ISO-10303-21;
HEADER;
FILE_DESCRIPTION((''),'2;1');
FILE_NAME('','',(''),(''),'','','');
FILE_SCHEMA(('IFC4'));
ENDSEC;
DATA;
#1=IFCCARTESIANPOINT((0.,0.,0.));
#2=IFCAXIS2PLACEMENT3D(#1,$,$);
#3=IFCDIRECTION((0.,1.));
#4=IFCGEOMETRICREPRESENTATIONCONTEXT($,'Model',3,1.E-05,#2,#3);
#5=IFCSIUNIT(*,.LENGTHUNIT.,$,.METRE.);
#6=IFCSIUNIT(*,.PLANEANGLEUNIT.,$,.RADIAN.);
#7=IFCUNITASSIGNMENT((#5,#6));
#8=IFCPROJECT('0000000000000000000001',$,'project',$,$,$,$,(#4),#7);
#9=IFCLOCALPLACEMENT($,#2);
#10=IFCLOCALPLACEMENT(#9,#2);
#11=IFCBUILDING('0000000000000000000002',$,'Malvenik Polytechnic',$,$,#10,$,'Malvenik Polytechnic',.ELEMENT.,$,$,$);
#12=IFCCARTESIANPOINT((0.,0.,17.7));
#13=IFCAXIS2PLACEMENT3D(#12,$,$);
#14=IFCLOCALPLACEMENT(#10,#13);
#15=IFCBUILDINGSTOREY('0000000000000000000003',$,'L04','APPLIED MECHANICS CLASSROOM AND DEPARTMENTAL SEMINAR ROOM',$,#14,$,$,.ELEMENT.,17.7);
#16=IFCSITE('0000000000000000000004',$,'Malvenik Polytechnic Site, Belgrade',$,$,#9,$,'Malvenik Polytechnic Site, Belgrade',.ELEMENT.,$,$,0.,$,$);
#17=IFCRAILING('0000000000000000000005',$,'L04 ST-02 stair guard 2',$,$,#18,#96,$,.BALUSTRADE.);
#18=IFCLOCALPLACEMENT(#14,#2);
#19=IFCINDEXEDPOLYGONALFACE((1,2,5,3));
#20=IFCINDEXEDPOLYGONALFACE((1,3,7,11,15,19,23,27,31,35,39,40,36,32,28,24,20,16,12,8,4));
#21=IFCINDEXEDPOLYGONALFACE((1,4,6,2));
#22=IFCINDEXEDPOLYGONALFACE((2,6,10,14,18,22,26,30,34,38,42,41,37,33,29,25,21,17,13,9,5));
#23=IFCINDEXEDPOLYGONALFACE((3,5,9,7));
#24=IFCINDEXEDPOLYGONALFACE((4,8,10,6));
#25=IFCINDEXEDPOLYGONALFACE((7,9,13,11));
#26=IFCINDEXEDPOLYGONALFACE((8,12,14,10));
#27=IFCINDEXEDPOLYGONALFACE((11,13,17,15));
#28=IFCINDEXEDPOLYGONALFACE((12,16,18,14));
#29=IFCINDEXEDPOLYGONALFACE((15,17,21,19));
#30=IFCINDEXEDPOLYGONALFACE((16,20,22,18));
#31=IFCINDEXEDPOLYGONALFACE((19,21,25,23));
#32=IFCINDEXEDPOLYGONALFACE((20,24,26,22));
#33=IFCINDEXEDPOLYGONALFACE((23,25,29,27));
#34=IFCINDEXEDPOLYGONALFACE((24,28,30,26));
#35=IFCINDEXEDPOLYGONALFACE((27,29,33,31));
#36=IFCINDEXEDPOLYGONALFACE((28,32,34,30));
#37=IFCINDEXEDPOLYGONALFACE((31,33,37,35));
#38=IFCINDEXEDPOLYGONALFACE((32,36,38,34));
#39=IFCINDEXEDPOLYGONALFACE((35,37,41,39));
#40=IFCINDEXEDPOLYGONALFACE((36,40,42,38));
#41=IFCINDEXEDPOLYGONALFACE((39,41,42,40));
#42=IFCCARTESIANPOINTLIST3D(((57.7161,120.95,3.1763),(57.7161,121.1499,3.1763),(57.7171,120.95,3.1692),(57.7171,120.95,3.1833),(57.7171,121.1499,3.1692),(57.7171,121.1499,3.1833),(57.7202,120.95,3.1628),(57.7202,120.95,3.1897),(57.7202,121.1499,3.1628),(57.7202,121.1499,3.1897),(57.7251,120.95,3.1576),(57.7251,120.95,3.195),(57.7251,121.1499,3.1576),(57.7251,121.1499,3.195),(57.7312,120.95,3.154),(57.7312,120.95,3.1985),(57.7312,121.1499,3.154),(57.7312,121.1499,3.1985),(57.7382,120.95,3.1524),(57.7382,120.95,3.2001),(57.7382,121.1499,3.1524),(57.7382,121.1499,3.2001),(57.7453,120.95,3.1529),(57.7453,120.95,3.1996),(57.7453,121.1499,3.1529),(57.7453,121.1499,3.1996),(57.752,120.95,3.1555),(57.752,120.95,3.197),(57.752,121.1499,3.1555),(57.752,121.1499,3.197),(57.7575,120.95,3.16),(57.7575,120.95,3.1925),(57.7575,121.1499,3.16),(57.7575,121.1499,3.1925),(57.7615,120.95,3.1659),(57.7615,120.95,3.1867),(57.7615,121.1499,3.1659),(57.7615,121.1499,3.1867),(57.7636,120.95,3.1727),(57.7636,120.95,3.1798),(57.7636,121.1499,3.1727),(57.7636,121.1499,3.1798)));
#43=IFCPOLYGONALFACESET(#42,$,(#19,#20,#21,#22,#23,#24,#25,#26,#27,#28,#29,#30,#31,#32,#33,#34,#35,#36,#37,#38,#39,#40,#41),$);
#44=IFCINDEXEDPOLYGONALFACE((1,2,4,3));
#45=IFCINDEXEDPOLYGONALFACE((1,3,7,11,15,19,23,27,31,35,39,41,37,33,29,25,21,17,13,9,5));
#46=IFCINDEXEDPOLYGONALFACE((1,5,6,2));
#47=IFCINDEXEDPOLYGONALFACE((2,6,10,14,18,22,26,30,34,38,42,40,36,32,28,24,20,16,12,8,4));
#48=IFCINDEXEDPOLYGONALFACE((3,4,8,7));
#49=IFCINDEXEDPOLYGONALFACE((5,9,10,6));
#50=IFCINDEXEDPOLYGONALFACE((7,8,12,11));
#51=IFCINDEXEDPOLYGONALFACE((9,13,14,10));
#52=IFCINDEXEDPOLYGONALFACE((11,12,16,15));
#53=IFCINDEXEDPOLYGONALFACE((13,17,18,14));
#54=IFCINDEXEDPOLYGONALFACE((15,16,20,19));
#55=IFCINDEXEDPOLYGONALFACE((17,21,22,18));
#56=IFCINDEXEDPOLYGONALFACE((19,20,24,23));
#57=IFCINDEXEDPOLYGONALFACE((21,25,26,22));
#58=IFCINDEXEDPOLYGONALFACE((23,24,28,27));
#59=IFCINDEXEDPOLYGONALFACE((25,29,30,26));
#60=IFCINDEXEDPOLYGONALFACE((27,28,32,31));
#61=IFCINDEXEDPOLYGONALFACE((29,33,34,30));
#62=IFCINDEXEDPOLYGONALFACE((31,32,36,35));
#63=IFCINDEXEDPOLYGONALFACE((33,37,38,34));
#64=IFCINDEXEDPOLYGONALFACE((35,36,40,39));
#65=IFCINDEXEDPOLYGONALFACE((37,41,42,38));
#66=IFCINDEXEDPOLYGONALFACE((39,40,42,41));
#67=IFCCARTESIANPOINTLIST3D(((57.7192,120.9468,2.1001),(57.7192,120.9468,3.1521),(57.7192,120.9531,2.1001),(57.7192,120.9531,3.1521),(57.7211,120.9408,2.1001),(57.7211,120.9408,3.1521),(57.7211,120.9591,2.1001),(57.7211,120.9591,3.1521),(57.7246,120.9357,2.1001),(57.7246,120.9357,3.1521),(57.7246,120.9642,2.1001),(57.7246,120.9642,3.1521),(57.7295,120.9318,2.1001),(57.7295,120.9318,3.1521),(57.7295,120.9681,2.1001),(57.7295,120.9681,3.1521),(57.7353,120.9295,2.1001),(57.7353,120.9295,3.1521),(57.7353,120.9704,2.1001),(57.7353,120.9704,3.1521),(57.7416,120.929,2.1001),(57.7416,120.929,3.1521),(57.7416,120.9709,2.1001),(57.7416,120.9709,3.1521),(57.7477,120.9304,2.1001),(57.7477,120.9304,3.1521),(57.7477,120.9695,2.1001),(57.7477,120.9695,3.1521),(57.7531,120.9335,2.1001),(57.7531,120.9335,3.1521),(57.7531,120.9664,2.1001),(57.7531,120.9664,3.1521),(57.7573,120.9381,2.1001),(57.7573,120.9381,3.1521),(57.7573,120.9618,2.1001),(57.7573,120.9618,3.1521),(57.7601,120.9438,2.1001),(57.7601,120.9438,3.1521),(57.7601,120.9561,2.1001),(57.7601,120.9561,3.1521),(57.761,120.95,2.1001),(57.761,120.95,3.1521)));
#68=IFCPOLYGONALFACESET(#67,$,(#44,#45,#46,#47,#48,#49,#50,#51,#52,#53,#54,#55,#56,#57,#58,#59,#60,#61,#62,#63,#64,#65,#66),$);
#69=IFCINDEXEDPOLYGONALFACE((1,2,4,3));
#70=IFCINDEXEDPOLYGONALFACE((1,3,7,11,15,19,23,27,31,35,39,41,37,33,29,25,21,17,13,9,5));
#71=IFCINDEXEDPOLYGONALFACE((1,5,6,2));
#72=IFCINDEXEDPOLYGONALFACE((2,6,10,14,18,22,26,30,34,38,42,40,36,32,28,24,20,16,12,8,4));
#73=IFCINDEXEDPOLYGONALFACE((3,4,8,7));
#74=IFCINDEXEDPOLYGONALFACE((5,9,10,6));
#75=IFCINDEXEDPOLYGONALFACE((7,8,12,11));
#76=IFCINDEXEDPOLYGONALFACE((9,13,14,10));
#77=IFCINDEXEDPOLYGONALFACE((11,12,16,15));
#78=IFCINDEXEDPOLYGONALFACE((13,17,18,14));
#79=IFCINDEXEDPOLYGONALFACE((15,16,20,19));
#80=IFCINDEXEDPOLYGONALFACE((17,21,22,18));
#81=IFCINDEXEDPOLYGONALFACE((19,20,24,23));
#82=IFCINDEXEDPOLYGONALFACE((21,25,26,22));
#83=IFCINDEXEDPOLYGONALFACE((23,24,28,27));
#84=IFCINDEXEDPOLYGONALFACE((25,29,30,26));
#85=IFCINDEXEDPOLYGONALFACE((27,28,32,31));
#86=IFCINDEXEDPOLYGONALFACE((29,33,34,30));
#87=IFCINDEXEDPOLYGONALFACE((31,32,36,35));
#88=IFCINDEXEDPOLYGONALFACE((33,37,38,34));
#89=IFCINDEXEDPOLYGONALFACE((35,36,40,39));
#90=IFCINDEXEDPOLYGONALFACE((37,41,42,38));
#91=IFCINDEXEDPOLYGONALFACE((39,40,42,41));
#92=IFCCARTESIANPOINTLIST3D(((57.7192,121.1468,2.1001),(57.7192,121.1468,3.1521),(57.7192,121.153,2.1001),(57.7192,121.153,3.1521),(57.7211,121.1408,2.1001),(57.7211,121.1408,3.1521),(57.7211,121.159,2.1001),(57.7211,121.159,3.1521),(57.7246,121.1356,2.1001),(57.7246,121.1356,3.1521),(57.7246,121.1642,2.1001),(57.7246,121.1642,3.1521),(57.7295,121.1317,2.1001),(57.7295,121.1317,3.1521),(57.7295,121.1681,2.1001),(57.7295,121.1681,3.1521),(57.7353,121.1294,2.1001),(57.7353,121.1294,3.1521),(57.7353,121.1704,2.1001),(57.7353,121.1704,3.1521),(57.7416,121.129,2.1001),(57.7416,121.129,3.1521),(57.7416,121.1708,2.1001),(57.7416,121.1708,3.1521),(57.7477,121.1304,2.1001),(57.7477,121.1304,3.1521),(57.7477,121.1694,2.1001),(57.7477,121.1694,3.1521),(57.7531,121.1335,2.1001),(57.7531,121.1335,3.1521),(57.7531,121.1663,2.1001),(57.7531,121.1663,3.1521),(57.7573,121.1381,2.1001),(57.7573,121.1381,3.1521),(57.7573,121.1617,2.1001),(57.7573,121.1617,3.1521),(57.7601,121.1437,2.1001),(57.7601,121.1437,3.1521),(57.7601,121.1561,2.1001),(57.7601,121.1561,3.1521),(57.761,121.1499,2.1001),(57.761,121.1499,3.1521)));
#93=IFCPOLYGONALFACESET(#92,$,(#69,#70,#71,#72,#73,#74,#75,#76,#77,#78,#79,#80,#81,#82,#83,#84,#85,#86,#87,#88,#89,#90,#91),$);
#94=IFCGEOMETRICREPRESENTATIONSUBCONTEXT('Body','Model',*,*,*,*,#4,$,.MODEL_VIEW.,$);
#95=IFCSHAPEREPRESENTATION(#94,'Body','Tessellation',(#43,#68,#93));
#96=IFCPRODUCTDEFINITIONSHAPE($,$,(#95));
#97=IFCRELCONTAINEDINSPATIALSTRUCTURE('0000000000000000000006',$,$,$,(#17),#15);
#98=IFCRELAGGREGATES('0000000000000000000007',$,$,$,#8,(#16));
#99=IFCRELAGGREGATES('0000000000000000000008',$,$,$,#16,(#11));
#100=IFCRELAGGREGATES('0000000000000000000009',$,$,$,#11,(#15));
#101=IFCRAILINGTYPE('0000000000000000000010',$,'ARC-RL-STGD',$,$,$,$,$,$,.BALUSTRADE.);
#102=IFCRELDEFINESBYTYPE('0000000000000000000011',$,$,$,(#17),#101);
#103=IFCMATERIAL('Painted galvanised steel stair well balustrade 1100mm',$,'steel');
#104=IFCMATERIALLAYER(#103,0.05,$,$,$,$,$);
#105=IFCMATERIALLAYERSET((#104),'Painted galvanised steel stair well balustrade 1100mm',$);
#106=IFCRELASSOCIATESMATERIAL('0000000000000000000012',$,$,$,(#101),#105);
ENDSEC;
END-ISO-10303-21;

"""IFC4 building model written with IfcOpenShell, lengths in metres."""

from ifc_helpers import new_model, si_unit, direction, frame, origin, origin_2d, place, context, subcontext, project, spatial, circle, extrude, material, layer, layer_set, type_object, element, save


model = new_model("IFC4")

# Units and contexts
model_context = context("Model", 3, precision=1e-05, world=origin(), true_north=direction((0.0, 1.0)))
body_context = subcontext(model_context, "Body", "Model", "MODEL_VIEW")
ifc_project = project(units=[si_unit("LENGTHUNIT", "METRE"), si_unit("PLANEANGLEUNIT", "RADIAN")], contexts=[model_context])

# Site, building, storey
site_placement = place(None, origin())
site = spatial("IfcSite", under=ifc_project, at=site_placement, Name="Malvenik Polytechnic Site, Belgrade", LongName="Malvenik Polytechnic Site, Belgrade", CompositionType="ELEMENT", RefElevation=0.0)
building_placement = place(site_placement, origin())
building = spatial("IfcBuilding", under=site, at=building_placement, Name="Malvenik Polytechnic", LongName="Malvenik Polytechnic", CompositionType="ELEMENT")
storey_placement = place(building_placement, frame((0.0, 0.0, 17.7)))
storey = spatial("IfcBuildingStorey", under=building, at=storey_placement, Name="L04", Description="APPLIED MECHANICS CLASSROOM AND DEPARTMENTAL SEMINAR ROOM", CompositionType="ELEMENT", Elevation=17.7)

# Railing
ifc_material_1 = material(Name="Painted galvanised steel stair well balustrade 1100mm", Category="steel")
ifc_layer_1 = layer(ifc_material_1, 0.05)
ifc_layer_set_1 = layer_set([ifc_layer_1], Name="Painted galvanised steel stair well balustrade 1100mm")
railing_type_1 = type_object("IfcRailingType", Name="ARC-RL-STGD", PredefinedType="BALUSTRADE", material=ifc_layer_set_1)
railing_1_placement = place(storey_placement, frame((57.74, 120.95, 2.1001)))
element("IfcRailing", 1, at=railing_1_placement, inside=storey, type_object=railing_type_1, Name="L04 ST-02 stair guard 2", PredefinedType="BALUSTRADE", context=body_context, shape_type="SweptSolid", body=[
    extrude(circle(Radius=0.0239, at=origin_2d()), frame((0.0, 0.0, 1.0762), z_axis=(0.0, 1.0, 0.0), x_axis=(-1.0, 0.0, 0.0)), (0.0, 0.0, 1.0), 0.2),
    extrude(circle(Radius=0.021, at=origin_2d()), origin(), (0.0, 0.0, 1.0), 1.052),
    extrude(circle(Radius=0.021, at=origin_2d()), frame((0.0, 0.2, 0.0)), (0.0, 0.0, 1.0), 1.052),
])

save(model, "model.ifc")
